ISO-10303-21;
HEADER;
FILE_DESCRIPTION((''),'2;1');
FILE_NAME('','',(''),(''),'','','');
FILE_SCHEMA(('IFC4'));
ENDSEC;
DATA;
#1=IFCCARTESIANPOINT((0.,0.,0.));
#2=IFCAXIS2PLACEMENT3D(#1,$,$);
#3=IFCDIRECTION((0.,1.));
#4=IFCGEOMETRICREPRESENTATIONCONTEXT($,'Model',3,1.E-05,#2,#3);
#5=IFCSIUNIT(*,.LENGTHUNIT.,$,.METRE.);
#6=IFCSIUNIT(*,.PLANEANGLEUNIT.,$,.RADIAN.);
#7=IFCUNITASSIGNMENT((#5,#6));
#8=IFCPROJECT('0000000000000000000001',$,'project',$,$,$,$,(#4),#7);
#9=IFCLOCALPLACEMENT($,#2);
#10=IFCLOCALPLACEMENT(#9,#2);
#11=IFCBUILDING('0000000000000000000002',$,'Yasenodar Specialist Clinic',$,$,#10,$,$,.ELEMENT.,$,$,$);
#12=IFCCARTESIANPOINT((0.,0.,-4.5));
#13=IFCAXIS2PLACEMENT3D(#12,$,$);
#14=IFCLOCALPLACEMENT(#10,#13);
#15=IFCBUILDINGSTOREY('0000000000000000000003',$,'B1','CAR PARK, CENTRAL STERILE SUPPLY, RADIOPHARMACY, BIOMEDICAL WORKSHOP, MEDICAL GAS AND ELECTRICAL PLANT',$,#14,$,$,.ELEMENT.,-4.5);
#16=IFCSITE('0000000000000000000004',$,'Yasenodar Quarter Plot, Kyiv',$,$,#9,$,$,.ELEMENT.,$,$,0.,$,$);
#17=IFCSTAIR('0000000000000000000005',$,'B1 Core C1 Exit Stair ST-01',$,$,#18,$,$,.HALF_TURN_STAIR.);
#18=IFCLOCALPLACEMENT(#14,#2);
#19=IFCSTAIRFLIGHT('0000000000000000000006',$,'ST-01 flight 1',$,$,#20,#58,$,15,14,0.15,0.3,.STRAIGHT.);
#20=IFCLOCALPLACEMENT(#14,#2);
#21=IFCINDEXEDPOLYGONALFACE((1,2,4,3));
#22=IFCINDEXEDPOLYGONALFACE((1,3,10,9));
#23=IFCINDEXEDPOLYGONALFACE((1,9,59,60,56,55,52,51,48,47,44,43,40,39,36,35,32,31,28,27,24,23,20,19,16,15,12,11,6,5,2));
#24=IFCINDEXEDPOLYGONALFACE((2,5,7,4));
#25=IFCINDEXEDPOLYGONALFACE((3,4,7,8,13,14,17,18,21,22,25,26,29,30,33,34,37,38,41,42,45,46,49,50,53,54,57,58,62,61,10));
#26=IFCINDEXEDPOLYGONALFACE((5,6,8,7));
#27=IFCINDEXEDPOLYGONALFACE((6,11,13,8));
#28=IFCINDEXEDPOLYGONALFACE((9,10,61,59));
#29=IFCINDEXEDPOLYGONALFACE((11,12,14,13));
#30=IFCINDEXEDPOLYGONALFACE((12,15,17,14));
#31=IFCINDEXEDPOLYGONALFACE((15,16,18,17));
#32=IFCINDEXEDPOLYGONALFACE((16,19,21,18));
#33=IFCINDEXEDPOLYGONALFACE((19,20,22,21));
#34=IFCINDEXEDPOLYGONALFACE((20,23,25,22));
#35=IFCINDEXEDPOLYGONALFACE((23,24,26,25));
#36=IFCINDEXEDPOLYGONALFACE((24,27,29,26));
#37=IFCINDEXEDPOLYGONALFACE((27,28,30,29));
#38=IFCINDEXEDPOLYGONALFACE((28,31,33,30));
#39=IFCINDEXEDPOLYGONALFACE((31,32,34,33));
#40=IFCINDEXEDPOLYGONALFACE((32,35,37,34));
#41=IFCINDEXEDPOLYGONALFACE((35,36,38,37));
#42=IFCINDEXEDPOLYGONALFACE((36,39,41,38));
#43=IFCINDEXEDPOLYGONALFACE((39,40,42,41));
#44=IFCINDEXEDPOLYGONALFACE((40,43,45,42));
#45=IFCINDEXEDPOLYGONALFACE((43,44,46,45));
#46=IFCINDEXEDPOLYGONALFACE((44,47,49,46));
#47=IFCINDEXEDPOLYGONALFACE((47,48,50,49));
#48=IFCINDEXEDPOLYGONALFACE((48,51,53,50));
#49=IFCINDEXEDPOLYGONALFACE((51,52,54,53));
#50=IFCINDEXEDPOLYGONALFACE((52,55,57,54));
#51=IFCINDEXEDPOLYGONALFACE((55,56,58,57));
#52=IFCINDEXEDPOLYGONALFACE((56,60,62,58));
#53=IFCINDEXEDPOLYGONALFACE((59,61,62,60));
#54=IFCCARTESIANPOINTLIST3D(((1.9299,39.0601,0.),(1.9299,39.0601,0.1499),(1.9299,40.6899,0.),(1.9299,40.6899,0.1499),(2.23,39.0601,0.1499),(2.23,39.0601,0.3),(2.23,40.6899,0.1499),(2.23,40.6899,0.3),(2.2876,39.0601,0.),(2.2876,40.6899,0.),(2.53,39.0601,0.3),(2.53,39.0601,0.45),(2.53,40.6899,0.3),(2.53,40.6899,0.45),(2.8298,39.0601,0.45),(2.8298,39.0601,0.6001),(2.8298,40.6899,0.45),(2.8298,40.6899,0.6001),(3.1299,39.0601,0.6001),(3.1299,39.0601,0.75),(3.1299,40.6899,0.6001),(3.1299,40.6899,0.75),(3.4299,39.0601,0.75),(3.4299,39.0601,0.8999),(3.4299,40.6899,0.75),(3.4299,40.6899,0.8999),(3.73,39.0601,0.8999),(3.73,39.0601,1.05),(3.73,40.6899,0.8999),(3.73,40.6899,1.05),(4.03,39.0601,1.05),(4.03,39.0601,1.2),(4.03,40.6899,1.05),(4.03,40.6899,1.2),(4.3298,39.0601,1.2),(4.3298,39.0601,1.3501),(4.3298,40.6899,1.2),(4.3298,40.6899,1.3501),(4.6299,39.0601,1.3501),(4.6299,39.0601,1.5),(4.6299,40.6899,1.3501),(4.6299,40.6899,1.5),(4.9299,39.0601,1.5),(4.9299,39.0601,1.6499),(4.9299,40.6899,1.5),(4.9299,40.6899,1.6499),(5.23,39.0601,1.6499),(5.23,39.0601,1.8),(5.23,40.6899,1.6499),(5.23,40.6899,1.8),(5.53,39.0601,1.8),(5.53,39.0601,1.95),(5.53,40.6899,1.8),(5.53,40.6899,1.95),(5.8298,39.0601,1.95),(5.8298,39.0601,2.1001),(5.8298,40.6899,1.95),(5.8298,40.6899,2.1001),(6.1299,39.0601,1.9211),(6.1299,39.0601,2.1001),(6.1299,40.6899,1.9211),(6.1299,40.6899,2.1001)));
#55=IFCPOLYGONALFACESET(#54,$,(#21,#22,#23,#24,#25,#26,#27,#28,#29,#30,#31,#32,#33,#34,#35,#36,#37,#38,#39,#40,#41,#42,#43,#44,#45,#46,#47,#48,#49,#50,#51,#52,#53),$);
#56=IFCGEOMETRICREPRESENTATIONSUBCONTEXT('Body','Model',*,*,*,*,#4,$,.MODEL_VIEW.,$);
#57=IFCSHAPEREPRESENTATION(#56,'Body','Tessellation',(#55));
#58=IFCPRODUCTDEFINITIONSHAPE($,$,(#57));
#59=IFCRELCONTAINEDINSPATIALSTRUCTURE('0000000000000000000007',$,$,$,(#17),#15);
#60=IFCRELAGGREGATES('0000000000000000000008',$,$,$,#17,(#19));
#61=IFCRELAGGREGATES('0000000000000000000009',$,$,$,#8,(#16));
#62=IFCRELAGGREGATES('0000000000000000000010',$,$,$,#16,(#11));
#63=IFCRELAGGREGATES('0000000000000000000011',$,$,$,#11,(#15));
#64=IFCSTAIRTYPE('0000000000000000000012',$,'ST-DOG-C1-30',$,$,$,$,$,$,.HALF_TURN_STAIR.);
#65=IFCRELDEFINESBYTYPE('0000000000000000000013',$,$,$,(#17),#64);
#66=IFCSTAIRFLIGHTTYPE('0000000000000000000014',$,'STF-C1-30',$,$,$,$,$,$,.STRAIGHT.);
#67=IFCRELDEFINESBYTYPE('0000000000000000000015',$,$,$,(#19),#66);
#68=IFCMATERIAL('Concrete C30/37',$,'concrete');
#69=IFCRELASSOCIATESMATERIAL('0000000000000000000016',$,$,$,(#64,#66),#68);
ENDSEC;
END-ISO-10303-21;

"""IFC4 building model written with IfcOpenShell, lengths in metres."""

from ifc_helpers import new_model, si_unit, direction, frame, origin, place, context, subcontext, project, spatial, polyline, outline, extrude, material, type_object, element, aggregate, save


model = new_model("IFC4")

# Units and contexts
model_context = context("Model", 3, precision=1e-05, world=origin(), true_north=direction((0.0, 1.0)))
body_context = subcontext(model_context, "Body", "Model", "MODEL_VIEW")
ifc_project = project(units=[si_unit("LENGTHUNIT", "METRE"), si_unit("PLANEANGLEUNIT", "RADIAN")], contexts=[model_context])

# Site, building, storey
site_placement = place(None, origin())
site = spatial("IfcSite", under=ifc_project, at=site_placement, Name="Yasenodar Quarter Plot, Kyiv", CompositionType="ELEMENT", RefElevation=0.0)
building_placement = place(site_placement, origin())
building = spatial("IfcBuilding", under=site, at=building_placement, Name="Yasenodar Specialist Clinic", CompositionType="ELEMENT")
storey_placement = place(building_placement, frame((0.0, 0.0, -4.5)))
storey = spatial("IfcBuildingStorey", under=building, at=storey_placement, Name="B1", Description="CAR PARK, CENTRAL STERILE SUPPLY, RADIOPHARMACY, BIOMEDICAL WORKSHOP, MEDICAL GAS AND ELECTRICAL PLANT", CompositionType="ELEMENT", Elevation=-4.5)

# Shared definitions
ifc_material_1 = material(Name="Concrete C30/37", Category="concrete")

# Stair, stair flight
stair_type = type_object("IfcStairType", Name="ST-DOG-C1-30", PredefinedType="HALF_TURN_STAIR", material=ifc_material_1)
stair_placement = place(storey_placement, origin())
stair = element("IfcStair", 1, at=stair_placement, inside=storey, type_object=stair_type, Name="B1 Core C1 Exit Stair ST-01", PredefinedType="HALF_TURN_STAIR")
stair_flight_type = type_object("IfcStairFlightType", Name="STF-C1-30", PredefinedType="STRAIGHT", material=ifc_material_1)
stair_flight_placement = place(storey_placement, frame((1.9299, 39.875, 0.0), z_axis=(0.0, 0.0, 1.0), x_axis=(1.0, 0.0, 0.0)))
stair_flight = element("IfcStairFlight", 2, at=stair_flight_placement, type_object=stair_flight_type, Name="ST-01 flight 1", NumberOfRisers=15, NumberOfTreads=14, PredefinedType="STRAIGHT", RiserHeight=0.15, TreadLength=0.3, context=body_context, shape_type="SweptSolid", body=[
    extrude(outline(polyline([(0.0, 0.0), (0.0, 0.1499), (0.3, 0.1499), (0.3, 0.3), (0.6001, 0.3), (0.6001, 0.45), (0.8999, 0.45), (0.8999, 0.6001), (1.2, 0.6001), (1.2, 0.75), (1.5, 0.75), (1.5, 0.8999), (1.8, 0.8999), (1.8, 1.05), (2.1001, 1.05), (2.1001, 1.2), (2.3999, 1.2), (2.3999, 1.3501), (2.7, 1.3501), (2.7, 1.5), (3.0, 1.5), (3.0, 1.6499), (3.3, 1.6499), (3.3, 1.8), (3.6001, 1.8), (3.6001, 1.95), (3.8999, 1.95), (3.8999, 2.1001), (4.2, 2.1001), (4.2, 2.25), (4.2, 1.9211), (0.3577, 0.0), (0.0, 0.0)])), frame((0.0, 0.8149, 0.0), z_axis=(0.0, -1.0, 0.0), x_axis=(1.0, 0.0, 0.0)), (0.0, 0.0, 1.0), 1.6299),
])
aggregate(stair, [stair_flight])

save(model, "model.ifc")
